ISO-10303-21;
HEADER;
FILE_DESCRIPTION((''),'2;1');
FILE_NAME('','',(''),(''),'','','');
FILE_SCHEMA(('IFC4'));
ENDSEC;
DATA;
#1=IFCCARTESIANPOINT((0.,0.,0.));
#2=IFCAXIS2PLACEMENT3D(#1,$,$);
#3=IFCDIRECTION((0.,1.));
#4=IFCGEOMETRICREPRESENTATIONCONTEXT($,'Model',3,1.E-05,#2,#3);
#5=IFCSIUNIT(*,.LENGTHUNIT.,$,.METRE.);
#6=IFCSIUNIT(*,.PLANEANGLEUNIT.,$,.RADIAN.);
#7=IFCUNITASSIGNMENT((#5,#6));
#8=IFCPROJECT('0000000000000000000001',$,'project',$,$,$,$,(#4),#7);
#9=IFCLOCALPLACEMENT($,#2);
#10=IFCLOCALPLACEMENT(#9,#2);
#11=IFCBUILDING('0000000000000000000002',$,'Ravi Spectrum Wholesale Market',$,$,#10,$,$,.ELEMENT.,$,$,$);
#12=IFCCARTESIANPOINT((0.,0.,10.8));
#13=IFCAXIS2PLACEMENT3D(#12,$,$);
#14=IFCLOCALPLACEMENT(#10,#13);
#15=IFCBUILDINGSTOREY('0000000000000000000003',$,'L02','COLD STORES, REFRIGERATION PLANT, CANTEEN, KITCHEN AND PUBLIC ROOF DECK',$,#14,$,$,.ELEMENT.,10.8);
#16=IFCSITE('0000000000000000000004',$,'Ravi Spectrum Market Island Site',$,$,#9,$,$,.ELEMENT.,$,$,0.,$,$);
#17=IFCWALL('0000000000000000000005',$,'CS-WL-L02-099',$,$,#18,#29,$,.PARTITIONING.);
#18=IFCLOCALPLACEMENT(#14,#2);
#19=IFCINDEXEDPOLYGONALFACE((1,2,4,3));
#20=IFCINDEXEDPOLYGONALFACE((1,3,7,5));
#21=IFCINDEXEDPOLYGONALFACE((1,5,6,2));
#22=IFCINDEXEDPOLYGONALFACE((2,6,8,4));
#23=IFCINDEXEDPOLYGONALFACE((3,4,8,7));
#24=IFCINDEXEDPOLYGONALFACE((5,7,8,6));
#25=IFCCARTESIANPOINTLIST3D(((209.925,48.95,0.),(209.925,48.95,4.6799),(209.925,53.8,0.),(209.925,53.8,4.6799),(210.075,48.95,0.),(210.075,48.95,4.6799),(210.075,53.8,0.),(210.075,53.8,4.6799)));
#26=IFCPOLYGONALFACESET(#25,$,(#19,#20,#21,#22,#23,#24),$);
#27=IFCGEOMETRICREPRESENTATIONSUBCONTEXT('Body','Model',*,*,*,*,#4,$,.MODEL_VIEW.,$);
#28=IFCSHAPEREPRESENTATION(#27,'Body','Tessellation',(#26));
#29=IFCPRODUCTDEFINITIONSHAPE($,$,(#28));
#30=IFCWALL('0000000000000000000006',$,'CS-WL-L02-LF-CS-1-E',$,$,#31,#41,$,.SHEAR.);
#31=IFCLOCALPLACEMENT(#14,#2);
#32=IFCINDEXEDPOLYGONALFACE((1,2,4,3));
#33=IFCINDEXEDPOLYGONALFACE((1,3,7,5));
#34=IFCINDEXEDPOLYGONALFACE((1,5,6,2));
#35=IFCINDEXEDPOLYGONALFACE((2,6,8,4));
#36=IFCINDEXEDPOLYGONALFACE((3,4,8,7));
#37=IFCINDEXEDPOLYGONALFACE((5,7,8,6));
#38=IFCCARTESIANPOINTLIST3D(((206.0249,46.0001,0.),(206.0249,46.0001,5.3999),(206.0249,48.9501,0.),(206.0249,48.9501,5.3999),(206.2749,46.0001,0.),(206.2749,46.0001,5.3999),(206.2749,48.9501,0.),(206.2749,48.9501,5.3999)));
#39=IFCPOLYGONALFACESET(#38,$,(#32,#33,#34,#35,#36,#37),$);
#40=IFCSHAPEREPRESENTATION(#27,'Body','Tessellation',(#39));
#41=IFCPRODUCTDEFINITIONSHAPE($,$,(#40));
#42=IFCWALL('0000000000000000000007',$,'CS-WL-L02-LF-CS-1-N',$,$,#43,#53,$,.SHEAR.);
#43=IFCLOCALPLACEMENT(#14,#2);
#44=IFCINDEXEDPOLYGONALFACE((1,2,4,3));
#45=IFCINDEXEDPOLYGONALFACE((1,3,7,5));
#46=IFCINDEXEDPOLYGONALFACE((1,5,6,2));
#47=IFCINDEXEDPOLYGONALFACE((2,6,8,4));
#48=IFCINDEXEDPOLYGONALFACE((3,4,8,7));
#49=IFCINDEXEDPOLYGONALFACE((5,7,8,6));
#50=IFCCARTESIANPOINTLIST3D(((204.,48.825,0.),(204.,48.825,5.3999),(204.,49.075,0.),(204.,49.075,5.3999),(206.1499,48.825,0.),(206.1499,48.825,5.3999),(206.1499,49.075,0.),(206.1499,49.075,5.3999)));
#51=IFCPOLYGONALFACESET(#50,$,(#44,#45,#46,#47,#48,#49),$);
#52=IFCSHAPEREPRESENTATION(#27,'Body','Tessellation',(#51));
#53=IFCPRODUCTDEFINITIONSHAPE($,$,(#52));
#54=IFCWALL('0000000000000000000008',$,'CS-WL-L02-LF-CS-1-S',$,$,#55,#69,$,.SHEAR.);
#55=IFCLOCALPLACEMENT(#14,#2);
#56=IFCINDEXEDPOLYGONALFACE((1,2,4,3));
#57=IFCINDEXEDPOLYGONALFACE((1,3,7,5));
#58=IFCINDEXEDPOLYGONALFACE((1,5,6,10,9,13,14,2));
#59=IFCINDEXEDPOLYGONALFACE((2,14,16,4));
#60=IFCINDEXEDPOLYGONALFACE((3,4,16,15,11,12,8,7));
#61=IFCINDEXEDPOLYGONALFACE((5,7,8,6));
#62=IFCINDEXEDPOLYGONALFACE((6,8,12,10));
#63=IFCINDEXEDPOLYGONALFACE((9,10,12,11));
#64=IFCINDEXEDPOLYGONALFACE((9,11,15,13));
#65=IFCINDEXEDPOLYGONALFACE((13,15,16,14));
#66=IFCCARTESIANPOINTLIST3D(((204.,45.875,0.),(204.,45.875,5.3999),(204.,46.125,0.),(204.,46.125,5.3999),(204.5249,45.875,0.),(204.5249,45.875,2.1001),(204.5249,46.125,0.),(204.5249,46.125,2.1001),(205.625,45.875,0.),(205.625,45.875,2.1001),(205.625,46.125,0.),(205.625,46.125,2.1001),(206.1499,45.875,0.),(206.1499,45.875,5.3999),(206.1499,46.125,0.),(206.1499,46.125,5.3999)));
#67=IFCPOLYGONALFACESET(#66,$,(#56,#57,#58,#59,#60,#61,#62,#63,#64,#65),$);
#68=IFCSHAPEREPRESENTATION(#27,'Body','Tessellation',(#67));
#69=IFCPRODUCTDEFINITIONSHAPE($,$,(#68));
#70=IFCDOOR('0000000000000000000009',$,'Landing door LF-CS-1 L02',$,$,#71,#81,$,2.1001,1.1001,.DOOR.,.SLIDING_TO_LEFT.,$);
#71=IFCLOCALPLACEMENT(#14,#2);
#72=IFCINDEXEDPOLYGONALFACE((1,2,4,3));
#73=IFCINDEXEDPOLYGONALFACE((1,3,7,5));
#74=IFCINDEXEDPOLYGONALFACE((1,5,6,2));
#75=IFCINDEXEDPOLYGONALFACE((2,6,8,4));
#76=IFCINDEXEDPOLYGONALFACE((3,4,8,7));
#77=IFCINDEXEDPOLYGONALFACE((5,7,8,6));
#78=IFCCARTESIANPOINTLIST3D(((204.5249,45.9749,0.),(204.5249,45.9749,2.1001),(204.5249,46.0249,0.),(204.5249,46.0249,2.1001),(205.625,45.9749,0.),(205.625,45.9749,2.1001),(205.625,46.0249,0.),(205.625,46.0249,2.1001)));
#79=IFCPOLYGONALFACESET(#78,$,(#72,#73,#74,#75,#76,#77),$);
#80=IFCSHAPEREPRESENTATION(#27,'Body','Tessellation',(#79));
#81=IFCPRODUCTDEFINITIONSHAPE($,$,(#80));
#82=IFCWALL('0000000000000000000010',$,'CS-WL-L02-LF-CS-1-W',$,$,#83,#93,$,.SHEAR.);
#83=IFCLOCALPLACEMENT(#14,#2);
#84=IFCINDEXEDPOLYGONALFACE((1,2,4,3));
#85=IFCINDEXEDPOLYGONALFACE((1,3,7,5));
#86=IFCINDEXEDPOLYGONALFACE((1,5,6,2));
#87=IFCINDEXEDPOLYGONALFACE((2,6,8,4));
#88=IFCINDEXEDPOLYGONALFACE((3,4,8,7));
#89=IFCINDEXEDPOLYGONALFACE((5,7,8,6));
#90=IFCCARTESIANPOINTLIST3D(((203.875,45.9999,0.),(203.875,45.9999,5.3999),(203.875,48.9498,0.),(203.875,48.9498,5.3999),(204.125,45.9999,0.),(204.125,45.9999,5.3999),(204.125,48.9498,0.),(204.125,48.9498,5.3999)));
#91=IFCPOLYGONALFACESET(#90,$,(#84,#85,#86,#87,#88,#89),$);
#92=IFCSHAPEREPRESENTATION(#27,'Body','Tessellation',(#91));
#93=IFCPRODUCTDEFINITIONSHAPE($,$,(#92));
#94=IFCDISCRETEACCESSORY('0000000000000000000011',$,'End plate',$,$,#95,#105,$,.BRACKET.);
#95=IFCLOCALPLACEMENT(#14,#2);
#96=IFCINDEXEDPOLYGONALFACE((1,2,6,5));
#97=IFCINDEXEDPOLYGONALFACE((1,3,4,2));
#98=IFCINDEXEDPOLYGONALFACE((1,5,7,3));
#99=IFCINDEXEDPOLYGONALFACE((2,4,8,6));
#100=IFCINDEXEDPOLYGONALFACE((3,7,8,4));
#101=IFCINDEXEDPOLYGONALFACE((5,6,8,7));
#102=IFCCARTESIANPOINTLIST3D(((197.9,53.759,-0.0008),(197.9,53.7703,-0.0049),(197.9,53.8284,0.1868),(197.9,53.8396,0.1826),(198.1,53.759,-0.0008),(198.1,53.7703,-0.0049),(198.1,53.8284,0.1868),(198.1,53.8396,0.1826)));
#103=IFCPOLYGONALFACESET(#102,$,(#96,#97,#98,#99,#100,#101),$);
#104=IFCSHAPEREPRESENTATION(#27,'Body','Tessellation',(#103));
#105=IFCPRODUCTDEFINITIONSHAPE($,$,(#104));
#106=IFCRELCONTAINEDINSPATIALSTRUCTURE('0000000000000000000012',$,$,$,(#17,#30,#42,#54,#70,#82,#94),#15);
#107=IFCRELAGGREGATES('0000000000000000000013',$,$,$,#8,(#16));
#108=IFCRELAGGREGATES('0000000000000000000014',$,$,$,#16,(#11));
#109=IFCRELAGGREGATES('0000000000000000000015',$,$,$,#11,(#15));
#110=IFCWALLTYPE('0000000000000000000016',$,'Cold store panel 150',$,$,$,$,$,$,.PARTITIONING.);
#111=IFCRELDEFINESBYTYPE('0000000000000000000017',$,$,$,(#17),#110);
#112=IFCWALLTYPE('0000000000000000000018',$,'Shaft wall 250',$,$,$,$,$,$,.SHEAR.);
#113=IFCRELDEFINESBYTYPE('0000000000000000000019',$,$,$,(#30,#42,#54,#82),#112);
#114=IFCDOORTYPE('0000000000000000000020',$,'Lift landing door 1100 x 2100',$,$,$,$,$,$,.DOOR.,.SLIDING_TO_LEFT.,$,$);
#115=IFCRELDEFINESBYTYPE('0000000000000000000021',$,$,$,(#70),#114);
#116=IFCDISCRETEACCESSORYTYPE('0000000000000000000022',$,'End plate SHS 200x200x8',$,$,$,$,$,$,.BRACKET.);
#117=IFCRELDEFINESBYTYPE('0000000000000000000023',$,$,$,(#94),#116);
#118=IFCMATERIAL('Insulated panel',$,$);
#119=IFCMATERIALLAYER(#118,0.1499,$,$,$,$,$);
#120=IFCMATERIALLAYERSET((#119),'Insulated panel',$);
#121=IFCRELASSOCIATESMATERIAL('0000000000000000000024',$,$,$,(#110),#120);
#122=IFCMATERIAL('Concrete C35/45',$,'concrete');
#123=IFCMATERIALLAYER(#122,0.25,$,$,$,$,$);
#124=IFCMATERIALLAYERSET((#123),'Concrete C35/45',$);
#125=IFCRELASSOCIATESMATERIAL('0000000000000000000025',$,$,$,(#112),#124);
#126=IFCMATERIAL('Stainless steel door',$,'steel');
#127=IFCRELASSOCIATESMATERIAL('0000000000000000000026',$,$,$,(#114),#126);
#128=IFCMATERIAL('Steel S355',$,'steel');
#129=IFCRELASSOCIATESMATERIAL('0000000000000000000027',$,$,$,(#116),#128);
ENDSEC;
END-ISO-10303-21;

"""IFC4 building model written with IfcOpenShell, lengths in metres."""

from ifc_helpers import new_model, si_unit, direction, frame, frame_2d, origin, origin_2d, place, context, subcontext, project, spatial, rectangle, extrude, material, layer, layer_set, material_profile, profile_set, type_object, element, fill, save


model = new_model("IFC4")

# Units and contexts
model_context = context("Model", 3, precision=1e-05, world=origin(), true_north=direction((0.0, 1.0)))
body_context = subcontext(model_context, "Body", "Model", "MODEL_VIEW")
ifc_project = project(units=[si_unit("LENGTHUNIT", "METRE"), si_unit("PLANEANGLEUNIT", "RADIAN")], contexts=[model_context])

# Site, building, storey
site_placement = place(None, origin())
site = spatial("IfcSite", under=ifc_project, at=site_placement, Name="Ravi Spectrum Market Island Site", CompositionType="ELEMENT", RefElevation=0.0)
building_placement = place(site_placement, origin())
building = spatial("IfcBuilding", under=site, at=building_placement, Name="Ravi Spectrum Wholesale Market", CompositionType="ELEMENT")
storey_placement = place(building_placement, frame((0.0, 0.0, 10.8)))
storey = spatial("IfcBuildingStorey", under=building, at=storey_placement, Name="L02", Description="COLD STORES, REFRIGERATION PLANT, CANTEEN, KITCHEN AND PUBLIC ROOF DECK", CompositionType="ELEMENT", Elevation=10.8)

# Shared definitions
ifc_material_1 = material(Name="Insulated panel")
ifc_layer_1 = layer(ifc_material_1, 0.1499)
ifc_layer_set_1 = layer_set([ifc_layer_1], Name="Insulated panel")
wall_type_1 = type_object("IfcWallType", Name="Cold store panel 150", PredefinedType="PARTITIONING", material=ifc_layer_set_1)

# Walls
wall_1_placement = place(storey_placement, frame((210.0, 48.95, 0.0), z_axis=(0.0, 0.0, 1.0), x_axis=(0.0, 1.0, 0.0)))
element("IfcWall", 1, at=wall_1_placement, inside=storey, type_object=wall_type_1, Name="CS-WL-L02-099", PredefinedType="PARTITIONING", context=body_context, shape_type="SweptSolid", body=[
    extrude(rectangle(XDim=4.8501, YDim=0.1499, at=frame_2d((2.425, 0.0))), origin(), (0.0, 0.0, 1.0), 4.6799),
])
ifc_material_2 = material(Name="Concrete C35/45", Category="concrete")
ifc_layer_2 = layer(ifc_material_2, 0.25)
ifc_layer_set_2 = layer_set([ifc_layer_2], Name="Concrete C35/45")
wall_type_2 = type_object("IfcWallType", Name="Shaft wall 250", PredefinedType="SHEAR", material=ifc_layer_set_2)
wall_2_placement = place(storey_placement, frame((206.1499, 46.0, 0.0), z_axis=(0.0, 0.0, 1.0), x_axis=(0.0, 1.0, 0.0)))
element("IfcWall", 2, at=wall_2_placement, inside=storey, type_object=wall_type_2, Name="CS-WL-L02-LF-CS-1-E", PredefinedType="SHEAR", context=body_context, shape_type="SweptSolid", body=[
    extrude(rectangle(XDim=2.95, YDim=0.25, at=frame_2d((1.4751, 0.0))), origin(), (0.0, 0.0, 1.0), 5.3999),
])
wall_3_placement = place(storey_placement, frame((206.1499, 48.95, 0.0), z_axis=(0.0, 0.0, 1.0), x_axis=(-1.0, 0.0, 0.0)))
element("IfcWall", 3, at=wall_3_placement, inside=storey, type_object=wall_type_2, Name="CS-WL-L02-LF-CS-1-N", PredefinedType="SHEAR", context=body_context, shape_type="SweptSolid", body=[
    extrude(rectangle(XDim=2.1499, YDim=0.25, at=frame_2d((1.075, 0.0))), origin(), (0.0, 0.0, 1.0), 5.3999),
])

# Wall, opening, door
wall_4_placement = place(storey_placement, frame((204.0, 46.0, 0.0), z_axis=(0.0, 0.0, 1.0), x_axis=(1.0, 0.0, 0.0)))
wall_4 = element("IfcWall", 4, at=wall_4_placement, inside=storey, type_object=wall_type_2, Name="CS-WL-L02-LF-CS-1-S", PredefinedType="SHEAR", context=body_context, shape_type="SweptSolid", body=[
    extrude(rectangle(XDim=2.1499, YDim=0.25, at=frame_2d((1.075, 0.0))), origin(), (0.0, 0.0, 1.0), 5.3999),
])
opening_1_placement = place(wall_4_placement, frame((0.5249, 0.0, 0.0)))
opening_1 = element("IfcOpeningElement", 5, at=opening_1_placement, cuts=wall_4, PredefinedType="OPENING", context=body_context, shape_type="SweptSolid", body=[
    extrude(rectangle(XDim=1.1001, YDim=2.1001, at=frame_2d((0.55, 1.05))), frame((0.0, 0.135, 0.0), z_axis=(0.0, -1.0, 0.0), x_axis=(1.0, 0.0, 0.0)), (0.0, 0.0, 1.0), 0.27),
])
ifc_material_3 = material(Name="Stainless steel door", Category="steel")
door_type_1 = type_object("IfcDoorType", Name="Lift landing door 1100 x 2100", OperationType="SLIDING_TO_LEFT", PredefinedType="DOOR", material=ifc_material_3)
door_1_placement = place(opening_1_placement, origin())
door_1 = element("IfcDoor", 6, at=door_1_placement, inside=storey, type_object=door_type_1, Name="Landing door LF-CS-1 L02", OperationType="SLIDING_TO_LEFT", OverallHeight=2.1001, OverallWidth=1.1001, PredefinedType="DOOR", context=body_context, shape_type="SweptSolid", body=[
    extrude(rectangle(XDim=1.1001, YDim=2.1001, at=frame_2d((0.55, 1.05))), frame((0.0, 0.0249, 0.0), z_axis=(0.0, -1.0, 0.0), x_axis=(1.0, 0.0, 0.0)), (0.0, 0.0, 1.0), 0.05),
])
fill(opening_1, door_1)

# Wall
wall_5_placement = place(storey_placement, frame((204.0, 48.95, 0.0), z_axis=(0.0, 0.0, 1.0), x_axis=(0.0, -1.0, 0.0)))
element("IfcWall", 7, at=wall_5_placement, inside=storey, type_object=wall_type_2, Name="CS-WL-L02-LF-CS-1-W", PredefinedType="SHEAR", context=body_context, shape_type="SweptSolid", body=[
    extrude(rectangle(XDim=2.95, YDim=0.25, at=frame_2d((1.4751, 0.0))), origin(), (0.0, 0.0, 1.0), 5.3999),
])

# Discrete accessory
ifc_material_4 = material(Name="Steel S355", Category="steel")
ifc_material_profile_1 = material_profile(ifc_material_4, rectangle(XDim=0.2, YDim=0.2, at=origin_2d()))
ifc_profile_set_1 = profile_set([ifc_material_profile_1], Name="Steel S355")
discrete_accessory_type = type_object("IfcDiscreteAccessoryType", Name="End plate SHS 200x200x8", PredefinedType="BRACKET", material=ifc_profile_set_1)
discrete_accessory_placement = place(storey_placement, frame((198.0, 53.7937, 0.093), z_axis=(0.0, 0.937994, -0.34665), x_axis=(-1.0, 0.0, 0.0)))
element("IfcDiscreteAccessory", 8, at=discrete_accessory_placement, inside=storey, type_object=discrete_accessory_type, Name="End plate", PredefinedType="BRACKET", context=body_context, shape_type="SweptSolid", body=[
    extrude(rectangle(XDim=0.2, YDim=0.2, at=origin_2d()), origin(), (0.0, 0.0, 1.0), 0.012),
])

save(model, "model.ifc")
